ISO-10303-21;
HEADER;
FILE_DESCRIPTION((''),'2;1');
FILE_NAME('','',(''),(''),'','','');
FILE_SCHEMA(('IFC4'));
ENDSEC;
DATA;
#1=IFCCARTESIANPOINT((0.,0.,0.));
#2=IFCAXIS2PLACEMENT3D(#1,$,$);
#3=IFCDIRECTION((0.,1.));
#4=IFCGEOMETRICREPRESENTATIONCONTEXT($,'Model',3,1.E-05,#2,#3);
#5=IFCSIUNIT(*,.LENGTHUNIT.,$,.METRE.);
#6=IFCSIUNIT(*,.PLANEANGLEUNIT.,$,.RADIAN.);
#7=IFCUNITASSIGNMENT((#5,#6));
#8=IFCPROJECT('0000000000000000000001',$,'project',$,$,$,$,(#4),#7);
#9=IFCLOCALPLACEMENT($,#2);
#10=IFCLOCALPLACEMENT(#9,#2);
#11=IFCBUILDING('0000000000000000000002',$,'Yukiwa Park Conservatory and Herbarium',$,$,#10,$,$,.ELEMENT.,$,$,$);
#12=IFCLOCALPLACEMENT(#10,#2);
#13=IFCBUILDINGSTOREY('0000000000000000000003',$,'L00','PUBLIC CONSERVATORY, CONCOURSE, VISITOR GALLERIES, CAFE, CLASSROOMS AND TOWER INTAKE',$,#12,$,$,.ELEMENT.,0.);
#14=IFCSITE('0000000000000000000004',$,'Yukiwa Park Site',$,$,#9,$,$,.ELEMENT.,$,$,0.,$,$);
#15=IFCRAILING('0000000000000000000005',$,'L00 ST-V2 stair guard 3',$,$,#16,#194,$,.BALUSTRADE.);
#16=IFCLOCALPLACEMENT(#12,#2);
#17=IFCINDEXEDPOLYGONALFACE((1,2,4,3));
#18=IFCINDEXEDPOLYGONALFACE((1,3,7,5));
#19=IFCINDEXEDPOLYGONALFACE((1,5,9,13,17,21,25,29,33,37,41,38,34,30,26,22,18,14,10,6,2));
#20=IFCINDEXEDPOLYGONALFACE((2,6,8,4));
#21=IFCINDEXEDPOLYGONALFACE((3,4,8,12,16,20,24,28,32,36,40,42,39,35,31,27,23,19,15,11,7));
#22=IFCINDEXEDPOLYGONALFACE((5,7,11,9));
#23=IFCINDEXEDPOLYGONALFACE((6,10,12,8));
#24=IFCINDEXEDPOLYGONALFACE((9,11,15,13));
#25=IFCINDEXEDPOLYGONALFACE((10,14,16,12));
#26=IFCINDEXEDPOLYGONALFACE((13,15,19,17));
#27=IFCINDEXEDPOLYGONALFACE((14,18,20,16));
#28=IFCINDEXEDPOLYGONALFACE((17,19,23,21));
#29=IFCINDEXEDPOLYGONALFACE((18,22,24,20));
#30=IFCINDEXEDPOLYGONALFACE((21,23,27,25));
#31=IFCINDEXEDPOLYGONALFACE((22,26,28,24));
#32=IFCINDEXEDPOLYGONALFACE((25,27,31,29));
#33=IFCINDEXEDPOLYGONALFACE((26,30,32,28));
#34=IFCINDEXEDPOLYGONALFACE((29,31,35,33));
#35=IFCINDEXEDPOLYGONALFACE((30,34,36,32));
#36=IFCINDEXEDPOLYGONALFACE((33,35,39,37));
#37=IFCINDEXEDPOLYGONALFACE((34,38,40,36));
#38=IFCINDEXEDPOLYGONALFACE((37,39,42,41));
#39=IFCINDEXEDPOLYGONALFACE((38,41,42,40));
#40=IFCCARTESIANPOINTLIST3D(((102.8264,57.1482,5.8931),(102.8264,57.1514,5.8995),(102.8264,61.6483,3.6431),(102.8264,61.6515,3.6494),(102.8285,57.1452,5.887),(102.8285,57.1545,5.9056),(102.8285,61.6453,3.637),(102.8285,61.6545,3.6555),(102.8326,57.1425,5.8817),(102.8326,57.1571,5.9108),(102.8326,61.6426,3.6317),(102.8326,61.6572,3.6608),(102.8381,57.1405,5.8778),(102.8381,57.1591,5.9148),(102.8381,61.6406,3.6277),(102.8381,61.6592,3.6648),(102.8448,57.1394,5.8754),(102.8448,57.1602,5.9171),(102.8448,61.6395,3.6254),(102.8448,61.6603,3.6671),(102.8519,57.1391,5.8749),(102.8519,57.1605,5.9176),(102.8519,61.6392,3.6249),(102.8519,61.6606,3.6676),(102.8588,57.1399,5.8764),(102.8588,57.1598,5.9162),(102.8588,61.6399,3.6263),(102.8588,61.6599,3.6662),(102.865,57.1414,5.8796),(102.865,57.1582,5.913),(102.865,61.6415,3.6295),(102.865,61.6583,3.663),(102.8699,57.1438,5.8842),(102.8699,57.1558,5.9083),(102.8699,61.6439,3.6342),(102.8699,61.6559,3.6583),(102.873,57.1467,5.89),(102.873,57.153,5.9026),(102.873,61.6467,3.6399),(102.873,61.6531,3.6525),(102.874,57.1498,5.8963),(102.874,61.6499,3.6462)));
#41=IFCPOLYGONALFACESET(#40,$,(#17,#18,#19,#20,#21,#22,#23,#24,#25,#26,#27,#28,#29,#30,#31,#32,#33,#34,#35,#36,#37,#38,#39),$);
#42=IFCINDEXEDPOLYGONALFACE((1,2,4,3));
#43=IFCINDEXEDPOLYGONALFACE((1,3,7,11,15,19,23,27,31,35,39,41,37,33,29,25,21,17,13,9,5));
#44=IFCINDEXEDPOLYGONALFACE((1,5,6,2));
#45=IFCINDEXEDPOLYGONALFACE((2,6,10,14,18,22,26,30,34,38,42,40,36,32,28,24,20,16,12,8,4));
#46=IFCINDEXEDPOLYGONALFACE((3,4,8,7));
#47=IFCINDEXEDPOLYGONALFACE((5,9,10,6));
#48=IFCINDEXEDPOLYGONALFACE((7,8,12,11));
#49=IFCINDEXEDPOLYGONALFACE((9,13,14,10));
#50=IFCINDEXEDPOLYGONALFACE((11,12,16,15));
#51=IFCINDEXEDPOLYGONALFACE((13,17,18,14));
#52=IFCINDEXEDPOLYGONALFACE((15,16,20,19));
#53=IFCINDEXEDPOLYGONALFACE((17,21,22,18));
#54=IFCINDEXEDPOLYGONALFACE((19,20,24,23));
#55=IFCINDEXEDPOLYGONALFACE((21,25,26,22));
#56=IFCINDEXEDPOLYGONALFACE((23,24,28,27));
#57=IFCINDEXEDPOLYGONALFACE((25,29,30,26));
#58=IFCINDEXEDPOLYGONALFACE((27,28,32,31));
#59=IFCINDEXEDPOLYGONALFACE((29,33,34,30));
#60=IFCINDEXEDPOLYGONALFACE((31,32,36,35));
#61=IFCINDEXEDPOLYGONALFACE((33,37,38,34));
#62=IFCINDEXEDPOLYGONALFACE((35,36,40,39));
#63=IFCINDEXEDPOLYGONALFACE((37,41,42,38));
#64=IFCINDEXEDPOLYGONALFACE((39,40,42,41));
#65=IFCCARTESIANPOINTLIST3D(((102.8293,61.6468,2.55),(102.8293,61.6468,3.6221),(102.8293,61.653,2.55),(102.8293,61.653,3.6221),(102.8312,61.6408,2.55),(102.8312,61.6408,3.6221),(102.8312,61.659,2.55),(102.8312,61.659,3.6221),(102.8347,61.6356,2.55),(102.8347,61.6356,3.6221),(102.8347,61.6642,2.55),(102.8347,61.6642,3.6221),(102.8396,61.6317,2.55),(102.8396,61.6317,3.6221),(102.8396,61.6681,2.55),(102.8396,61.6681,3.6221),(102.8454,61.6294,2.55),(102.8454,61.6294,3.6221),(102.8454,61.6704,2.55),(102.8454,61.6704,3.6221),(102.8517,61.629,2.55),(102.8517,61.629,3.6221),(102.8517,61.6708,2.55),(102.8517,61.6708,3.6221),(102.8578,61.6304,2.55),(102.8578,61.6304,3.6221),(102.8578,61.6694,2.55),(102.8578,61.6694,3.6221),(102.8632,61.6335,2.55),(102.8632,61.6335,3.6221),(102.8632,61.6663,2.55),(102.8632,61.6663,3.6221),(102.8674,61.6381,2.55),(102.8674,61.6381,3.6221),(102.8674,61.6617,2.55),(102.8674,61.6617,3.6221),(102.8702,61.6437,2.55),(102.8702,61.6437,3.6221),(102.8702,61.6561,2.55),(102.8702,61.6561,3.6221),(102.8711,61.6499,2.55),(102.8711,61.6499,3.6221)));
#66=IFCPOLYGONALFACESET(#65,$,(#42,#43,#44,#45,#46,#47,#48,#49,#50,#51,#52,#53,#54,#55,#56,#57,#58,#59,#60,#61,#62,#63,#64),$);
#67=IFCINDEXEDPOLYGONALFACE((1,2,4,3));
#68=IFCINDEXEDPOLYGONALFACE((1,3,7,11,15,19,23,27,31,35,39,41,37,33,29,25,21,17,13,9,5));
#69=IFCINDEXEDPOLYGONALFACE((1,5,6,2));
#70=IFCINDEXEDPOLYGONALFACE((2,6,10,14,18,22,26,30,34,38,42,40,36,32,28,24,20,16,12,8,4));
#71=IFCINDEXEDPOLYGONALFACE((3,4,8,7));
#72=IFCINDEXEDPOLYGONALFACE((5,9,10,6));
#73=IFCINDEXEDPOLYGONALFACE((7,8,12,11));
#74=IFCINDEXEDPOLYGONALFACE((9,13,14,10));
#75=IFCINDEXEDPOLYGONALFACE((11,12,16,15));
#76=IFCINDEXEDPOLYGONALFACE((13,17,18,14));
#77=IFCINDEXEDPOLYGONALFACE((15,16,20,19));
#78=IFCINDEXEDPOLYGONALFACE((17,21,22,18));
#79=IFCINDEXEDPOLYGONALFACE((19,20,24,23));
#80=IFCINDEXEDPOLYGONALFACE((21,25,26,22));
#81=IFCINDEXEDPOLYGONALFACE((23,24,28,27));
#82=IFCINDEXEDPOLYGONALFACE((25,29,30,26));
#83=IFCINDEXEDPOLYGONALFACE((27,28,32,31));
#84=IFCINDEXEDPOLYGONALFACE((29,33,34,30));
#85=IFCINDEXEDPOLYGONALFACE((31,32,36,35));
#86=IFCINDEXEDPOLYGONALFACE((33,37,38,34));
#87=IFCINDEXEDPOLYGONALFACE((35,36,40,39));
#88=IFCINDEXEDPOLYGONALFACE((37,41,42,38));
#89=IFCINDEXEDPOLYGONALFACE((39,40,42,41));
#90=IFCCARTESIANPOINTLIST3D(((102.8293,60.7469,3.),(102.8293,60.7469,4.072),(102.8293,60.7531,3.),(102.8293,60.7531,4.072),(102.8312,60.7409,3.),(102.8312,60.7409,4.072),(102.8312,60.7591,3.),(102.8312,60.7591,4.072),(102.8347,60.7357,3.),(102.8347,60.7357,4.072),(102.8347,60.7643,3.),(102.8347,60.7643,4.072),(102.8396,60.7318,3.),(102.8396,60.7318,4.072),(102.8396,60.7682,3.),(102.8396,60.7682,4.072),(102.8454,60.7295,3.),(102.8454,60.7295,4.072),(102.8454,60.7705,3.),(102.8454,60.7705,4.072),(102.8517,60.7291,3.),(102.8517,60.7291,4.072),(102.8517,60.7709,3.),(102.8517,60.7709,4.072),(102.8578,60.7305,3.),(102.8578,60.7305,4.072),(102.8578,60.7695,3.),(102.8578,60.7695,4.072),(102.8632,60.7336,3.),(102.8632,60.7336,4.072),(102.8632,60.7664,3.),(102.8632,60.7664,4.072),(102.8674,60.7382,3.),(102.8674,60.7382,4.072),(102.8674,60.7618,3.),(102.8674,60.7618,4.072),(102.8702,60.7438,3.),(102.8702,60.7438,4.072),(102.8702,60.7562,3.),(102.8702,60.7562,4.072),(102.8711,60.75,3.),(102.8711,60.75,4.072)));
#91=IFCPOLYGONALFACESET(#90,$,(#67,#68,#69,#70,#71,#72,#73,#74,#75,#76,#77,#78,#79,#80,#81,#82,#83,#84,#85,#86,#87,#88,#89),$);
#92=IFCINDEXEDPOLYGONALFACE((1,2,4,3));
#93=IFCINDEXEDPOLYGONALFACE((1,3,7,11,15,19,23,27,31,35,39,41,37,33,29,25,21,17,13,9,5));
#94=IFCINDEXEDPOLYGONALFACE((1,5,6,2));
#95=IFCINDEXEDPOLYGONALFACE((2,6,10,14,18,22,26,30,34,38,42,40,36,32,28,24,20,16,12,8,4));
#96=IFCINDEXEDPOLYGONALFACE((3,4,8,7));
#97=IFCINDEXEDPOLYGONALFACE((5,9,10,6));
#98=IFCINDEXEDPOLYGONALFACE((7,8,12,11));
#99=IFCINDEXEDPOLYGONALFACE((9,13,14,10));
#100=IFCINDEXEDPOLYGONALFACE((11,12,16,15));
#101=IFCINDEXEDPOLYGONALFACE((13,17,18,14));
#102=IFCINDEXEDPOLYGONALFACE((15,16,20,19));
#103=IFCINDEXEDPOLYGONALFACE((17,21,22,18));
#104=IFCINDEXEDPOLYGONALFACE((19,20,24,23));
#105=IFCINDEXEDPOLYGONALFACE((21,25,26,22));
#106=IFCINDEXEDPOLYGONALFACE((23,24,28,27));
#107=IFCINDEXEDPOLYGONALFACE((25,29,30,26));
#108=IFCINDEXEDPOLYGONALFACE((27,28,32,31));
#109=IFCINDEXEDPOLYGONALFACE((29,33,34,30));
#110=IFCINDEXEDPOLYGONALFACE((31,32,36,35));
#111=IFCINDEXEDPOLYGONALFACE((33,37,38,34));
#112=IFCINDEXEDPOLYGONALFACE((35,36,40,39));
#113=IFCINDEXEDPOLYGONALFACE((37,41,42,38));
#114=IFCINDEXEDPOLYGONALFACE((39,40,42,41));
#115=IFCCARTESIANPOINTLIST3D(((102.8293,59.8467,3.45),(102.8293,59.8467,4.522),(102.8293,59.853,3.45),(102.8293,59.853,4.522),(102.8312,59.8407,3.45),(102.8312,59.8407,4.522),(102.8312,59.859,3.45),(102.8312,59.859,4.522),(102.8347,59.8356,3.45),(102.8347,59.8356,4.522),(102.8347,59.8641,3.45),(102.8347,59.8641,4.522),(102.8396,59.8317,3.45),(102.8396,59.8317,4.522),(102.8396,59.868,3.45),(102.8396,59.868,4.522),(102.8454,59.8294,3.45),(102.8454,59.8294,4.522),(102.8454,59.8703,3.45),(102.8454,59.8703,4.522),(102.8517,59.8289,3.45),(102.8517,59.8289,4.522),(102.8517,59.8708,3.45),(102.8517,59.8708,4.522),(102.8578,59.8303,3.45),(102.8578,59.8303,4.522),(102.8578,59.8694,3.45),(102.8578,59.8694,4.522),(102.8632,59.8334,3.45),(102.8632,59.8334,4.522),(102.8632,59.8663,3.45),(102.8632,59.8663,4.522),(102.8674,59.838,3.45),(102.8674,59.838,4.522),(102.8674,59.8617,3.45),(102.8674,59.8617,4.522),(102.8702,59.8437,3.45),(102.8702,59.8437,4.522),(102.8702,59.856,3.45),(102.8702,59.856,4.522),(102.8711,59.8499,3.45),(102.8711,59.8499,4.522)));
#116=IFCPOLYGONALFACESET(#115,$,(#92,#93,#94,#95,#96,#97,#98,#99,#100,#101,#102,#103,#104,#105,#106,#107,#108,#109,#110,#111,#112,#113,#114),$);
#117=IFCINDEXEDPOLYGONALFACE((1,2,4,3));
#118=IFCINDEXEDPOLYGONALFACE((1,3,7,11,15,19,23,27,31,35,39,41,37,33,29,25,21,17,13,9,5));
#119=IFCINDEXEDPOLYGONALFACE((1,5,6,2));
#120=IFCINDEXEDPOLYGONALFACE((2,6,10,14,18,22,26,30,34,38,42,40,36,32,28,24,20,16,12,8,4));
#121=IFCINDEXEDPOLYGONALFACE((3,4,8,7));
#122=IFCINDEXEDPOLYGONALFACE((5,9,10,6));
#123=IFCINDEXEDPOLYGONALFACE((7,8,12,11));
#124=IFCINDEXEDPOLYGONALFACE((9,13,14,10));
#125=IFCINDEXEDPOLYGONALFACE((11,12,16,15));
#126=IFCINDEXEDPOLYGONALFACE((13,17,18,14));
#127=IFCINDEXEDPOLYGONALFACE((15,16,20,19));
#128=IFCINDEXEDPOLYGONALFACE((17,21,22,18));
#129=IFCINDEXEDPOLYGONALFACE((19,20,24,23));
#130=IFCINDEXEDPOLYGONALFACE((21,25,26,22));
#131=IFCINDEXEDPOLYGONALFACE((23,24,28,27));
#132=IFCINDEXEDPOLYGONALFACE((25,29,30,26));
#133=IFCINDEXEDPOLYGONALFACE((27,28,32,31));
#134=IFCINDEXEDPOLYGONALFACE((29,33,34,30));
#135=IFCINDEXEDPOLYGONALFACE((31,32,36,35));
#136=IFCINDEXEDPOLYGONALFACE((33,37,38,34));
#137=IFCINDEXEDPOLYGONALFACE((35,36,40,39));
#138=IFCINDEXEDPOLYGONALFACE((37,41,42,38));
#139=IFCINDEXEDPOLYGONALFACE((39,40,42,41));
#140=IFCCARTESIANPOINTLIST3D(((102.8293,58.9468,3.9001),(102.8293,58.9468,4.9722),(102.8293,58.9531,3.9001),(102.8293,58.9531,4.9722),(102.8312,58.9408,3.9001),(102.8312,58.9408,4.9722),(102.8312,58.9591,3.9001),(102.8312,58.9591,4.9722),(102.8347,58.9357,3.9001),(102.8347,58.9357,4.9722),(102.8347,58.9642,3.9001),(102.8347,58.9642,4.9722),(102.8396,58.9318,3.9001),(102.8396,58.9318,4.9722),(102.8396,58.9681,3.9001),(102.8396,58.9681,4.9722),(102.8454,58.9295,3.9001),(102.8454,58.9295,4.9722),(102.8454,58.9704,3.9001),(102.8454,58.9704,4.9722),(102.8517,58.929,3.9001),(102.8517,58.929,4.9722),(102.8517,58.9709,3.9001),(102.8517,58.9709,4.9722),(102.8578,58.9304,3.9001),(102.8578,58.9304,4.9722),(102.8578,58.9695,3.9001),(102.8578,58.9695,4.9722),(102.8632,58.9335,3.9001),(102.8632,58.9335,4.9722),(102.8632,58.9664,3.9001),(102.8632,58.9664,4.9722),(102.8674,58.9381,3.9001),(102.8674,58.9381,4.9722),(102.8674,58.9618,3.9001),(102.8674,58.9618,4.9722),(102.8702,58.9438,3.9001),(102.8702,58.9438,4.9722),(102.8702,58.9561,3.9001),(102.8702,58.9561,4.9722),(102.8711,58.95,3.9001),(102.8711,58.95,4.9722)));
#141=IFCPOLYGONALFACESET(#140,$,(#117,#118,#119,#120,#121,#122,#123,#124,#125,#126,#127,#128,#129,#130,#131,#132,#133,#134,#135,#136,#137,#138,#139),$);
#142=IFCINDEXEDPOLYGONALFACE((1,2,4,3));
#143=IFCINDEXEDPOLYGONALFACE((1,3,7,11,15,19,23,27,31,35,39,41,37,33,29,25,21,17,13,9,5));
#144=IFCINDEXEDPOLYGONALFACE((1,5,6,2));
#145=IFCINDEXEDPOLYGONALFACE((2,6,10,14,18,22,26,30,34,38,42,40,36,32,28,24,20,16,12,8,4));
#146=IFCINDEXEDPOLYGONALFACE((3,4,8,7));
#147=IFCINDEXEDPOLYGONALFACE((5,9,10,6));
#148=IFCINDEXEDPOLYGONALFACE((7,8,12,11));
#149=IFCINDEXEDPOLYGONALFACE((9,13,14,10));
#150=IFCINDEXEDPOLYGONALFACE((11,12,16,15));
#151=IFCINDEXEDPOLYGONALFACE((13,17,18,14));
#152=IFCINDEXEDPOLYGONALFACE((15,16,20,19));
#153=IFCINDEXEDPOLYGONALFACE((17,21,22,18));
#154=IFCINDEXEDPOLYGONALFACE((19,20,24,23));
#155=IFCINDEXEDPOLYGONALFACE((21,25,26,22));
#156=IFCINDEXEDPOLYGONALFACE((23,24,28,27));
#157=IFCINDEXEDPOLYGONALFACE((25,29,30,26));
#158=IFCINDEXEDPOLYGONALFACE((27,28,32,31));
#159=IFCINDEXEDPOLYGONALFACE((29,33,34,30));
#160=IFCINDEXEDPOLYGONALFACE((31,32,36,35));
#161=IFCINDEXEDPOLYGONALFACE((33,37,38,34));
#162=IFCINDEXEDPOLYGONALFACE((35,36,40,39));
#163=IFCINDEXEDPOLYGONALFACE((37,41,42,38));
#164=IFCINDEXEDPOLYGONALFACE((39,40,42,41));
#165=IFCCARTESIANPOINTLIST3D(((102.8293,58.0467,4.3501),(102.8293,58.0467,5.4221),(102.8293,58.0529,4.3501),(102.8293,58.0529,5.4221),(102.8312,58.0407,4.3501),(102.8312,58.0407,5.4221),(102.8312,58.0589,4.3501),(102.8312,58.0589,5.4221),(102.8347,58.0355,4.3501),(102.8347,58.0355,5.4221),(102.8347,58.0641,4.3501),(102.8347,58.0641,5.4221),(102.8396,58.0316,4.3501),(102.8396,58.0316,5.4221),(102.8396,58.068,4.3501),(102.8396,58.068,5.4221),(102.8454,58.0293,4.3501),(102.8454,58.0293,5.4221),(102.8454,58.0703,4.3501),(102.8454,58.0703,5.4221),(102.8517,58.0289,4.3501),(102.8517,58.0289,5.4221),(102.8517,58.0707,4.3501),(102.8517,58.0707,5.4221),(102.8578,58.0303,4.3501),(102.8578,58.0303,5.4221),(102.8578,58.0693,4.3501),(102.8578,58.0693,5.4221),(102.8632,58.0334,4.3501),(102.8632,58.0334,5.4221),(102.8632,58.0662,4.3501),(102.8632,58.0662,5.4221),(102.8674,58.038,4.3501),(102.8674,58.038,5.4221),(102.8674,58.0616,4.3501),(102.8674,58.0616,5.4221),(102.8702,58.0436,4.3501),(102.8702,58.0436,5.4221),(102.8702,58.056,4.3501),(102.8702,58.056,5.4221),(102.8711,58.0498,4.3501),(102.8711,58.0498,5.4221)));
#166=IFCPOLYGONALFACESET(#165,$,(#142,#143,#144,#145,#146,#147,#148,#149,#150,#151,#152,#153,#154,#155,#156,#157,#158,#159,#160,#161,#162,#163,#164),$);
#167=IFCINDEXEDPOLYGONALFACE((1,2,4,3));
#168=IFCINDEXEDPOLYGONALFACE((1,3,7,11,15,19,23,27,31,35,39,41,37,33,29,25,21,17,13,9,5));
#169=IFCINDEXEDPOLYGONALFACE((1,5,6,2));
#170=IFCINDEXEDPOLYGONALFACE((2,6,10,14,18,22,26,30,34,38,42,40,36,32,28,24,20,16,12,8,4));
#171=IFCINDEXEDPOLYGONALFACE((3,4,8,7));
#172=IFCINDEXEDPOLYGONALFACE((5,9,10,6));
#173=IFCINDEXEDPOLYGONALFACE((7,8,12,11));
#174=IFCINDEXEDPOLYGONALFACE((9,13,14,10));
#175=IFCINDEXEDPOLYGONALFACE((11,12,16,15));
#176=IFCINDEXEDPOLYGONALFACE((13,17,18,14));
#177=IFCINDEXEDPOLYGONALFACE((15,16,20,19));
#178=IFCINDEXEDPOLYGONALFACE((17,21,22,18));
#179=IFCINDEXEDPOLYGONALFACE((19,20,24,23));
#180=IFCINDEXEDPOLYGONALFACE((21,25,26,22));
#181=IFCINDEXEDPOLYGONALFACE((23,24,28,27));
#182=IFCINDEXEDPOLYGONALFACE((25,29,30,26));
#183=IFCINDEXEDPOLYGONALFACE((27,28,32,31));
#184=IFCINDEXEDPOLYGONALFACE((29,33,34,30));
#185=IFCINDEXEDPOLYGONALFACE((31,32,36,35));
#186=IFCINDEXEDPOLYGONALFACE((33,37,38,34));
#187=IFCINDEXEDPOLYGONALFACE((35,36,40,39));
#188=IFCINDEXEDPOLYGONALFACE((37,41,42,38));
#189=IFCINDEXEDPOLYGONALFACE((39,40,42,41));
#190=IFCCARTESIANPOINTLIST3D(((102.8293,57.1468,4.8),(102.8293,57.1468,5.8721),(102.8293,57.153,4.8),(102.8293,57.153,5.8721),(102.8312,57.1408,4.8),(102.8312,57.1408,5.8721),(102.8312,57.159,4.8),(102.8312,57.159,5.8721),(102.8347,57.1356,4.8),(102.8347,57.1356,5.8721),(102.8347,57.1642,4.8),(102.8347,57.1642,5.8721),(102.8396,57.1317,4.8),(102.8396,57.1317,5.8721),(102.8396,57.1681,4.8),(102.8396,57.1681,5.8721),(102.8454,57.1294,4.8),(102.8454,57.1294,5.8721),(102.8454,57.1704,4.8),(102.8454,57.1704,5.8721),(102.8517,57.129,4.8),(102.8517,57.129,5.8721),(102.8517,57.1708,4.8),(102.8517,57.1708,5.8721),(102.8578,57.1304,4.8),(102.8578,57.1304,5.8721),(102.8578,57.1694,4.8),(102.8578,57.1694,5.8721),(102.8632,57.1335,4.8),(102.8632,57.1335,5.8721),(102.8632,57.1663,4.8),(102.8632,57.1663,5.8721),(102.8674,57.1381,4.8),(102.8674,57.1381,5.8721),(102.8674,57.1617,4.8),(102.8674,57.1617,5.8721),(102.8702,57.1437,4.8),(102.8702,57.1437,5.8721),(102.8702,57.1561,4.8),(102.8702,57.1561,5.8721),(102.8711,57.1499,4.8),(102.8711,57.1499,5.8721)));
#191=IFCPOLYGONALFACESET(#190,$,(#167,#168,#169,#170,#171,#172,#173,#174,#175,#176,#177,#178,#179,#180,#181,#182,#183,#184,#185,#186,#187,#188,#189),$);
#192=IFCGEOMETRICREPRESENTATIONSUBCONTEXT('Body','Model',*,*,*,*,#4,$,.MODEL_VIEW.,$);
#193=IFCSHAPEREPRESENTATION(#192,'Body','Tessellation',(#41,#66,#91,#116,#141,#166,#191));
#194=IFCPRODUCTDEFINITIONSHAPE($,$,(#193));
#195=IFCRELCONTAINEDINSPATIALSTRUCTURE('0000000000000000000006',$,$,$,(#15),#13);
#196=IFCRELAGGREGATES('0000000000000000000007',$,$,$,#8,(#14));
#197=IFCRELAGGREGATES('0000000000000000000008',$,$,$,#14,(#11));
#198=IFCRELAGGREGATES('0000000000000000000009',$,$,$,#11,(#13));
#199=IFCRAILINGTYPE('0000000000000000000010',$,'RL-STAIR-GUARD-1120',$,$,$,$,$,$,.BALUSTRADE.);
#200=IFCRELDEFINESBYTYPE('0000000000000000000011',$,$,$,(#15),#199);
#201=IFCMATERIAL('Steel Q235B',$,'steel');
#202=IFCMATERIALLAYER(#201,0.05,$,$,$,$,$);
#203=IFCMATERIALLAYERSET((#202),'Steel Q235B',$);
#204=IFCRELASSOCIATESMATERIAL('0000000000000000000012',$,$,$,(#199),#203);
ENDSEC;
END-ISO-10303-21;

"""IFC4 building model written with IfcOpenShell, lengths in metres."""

from ifc_helpers import new_model, si_unit, direction, frame, origin, origin_2d, place, context, subcontext, project, spatial, circle, extrude, material, layer, layer_set, type_object, element, save


model = new_model("IFC4")

# Units and contexts
model_context = context("Model", 3, precision=1e-05, world=origin(), true_north=direction((0.0, 1.0)))
body_context = subcontext(model_context, "Body", "Model", "MODEL_VIEW")
ifc_project = project(units=[si_unit("LENGTHUNIT", "METRE"), si_unit("PLANEANGLEUNIT", "RADIAN")], contexts=[model_context])

# Site, building, storey
site_placement = place(None, origin())
site = spatial("IfcSite", under=ifc_project, at=site_placement, Name="Yukiwa Park Site", CompositionType="ELEMENT", RefElevation=0.0)
building_placement = place(site_placement, origin())
building = spatial("IfcBuilding", under=site, at=building_placement, Name="Yukiwa Park Conservatory and Herbarium", CompositionType="ELEMENT")
storey_placement = place(building_placement, origin())
storey = spatial("IfcBuildingStorey", under=building, at=storey_placement, Name="L00", Description="PUBLIC CONSERVATORY, CONCOURSE, VISITOR GALLERIES, CAFE, CLASSROOMS AND TOWER INTAKE", CompositionType="ELEMENT", Elevation=0.0)

# Railing
ifc_material_1 = material(Name="Steel Q235B", Category="steel")
ifc_layer_1 = layer(ifc_material_1, 0.05)
ifc_layer_set_1 = layer_set([ifc_layer_1], Name="Steel Q235B")
railing_type_1 = type_object("IfcRailingType", Name="RL-STAIR-GUARD-1120", PredefinedType="BALUSTRADE", material=ifc_layer_set_1)
railing_1_placement = place(storey_placement, frame((102.8501, 61.6499, 2.55)))
element("IfcRailing", 1, at=railing_1_placement, inside=storey, type_object=railing_type_1, Name="L00 ST-V2 stair guard 3", PredefinedType="BALUSTRADE", context=body_context, shape_type="SweptSolid", body=[
    extrude(circle(Radius=0.0239, at=origin_2d()), frame((0.0, 0.0, 1.0962), z_axis=(0.0, -0.894427, 0.447214), x_axis=(1.0, 0.0, 0.0)), (0.0, 0.0, 1.0), 5.0312),
    extrude(circle(Radius=0.021, at=origin_2d()), origin(), (0.0, 0.0, 1.0), 1.072),
    extrude(circle(Radius=0.021, at=origin_2d()), frame((0.0, -0.8999, 0.45)), (0.0, 0.0, 1.0), 1.072),
    extrude(circle(Radius=0.021, at=origin_2d()), frame((0.0, -1.8, 0.8999)), (0.0, 0.0, 1.0), 1.072),
    extrude(circle(Radius=0.021, at=origin_2d()), frame((0.0, -2.7, 1.3501)), (0.0, 0.0, 1.0), 1.072),
    extrude(circle(Radius=0.021, at=origin_2d()), frame((0.0, -3.6001, 1.8)), (0.0, 0.0, 1.0), 1.072),
    extrude(circle(Radius=0.021, at=origin_2d()), frame((0.0, -4.5, 2.25)), (0.0, 0.0, 1.0), 1.072),
])

save(model, "model.ifc")
